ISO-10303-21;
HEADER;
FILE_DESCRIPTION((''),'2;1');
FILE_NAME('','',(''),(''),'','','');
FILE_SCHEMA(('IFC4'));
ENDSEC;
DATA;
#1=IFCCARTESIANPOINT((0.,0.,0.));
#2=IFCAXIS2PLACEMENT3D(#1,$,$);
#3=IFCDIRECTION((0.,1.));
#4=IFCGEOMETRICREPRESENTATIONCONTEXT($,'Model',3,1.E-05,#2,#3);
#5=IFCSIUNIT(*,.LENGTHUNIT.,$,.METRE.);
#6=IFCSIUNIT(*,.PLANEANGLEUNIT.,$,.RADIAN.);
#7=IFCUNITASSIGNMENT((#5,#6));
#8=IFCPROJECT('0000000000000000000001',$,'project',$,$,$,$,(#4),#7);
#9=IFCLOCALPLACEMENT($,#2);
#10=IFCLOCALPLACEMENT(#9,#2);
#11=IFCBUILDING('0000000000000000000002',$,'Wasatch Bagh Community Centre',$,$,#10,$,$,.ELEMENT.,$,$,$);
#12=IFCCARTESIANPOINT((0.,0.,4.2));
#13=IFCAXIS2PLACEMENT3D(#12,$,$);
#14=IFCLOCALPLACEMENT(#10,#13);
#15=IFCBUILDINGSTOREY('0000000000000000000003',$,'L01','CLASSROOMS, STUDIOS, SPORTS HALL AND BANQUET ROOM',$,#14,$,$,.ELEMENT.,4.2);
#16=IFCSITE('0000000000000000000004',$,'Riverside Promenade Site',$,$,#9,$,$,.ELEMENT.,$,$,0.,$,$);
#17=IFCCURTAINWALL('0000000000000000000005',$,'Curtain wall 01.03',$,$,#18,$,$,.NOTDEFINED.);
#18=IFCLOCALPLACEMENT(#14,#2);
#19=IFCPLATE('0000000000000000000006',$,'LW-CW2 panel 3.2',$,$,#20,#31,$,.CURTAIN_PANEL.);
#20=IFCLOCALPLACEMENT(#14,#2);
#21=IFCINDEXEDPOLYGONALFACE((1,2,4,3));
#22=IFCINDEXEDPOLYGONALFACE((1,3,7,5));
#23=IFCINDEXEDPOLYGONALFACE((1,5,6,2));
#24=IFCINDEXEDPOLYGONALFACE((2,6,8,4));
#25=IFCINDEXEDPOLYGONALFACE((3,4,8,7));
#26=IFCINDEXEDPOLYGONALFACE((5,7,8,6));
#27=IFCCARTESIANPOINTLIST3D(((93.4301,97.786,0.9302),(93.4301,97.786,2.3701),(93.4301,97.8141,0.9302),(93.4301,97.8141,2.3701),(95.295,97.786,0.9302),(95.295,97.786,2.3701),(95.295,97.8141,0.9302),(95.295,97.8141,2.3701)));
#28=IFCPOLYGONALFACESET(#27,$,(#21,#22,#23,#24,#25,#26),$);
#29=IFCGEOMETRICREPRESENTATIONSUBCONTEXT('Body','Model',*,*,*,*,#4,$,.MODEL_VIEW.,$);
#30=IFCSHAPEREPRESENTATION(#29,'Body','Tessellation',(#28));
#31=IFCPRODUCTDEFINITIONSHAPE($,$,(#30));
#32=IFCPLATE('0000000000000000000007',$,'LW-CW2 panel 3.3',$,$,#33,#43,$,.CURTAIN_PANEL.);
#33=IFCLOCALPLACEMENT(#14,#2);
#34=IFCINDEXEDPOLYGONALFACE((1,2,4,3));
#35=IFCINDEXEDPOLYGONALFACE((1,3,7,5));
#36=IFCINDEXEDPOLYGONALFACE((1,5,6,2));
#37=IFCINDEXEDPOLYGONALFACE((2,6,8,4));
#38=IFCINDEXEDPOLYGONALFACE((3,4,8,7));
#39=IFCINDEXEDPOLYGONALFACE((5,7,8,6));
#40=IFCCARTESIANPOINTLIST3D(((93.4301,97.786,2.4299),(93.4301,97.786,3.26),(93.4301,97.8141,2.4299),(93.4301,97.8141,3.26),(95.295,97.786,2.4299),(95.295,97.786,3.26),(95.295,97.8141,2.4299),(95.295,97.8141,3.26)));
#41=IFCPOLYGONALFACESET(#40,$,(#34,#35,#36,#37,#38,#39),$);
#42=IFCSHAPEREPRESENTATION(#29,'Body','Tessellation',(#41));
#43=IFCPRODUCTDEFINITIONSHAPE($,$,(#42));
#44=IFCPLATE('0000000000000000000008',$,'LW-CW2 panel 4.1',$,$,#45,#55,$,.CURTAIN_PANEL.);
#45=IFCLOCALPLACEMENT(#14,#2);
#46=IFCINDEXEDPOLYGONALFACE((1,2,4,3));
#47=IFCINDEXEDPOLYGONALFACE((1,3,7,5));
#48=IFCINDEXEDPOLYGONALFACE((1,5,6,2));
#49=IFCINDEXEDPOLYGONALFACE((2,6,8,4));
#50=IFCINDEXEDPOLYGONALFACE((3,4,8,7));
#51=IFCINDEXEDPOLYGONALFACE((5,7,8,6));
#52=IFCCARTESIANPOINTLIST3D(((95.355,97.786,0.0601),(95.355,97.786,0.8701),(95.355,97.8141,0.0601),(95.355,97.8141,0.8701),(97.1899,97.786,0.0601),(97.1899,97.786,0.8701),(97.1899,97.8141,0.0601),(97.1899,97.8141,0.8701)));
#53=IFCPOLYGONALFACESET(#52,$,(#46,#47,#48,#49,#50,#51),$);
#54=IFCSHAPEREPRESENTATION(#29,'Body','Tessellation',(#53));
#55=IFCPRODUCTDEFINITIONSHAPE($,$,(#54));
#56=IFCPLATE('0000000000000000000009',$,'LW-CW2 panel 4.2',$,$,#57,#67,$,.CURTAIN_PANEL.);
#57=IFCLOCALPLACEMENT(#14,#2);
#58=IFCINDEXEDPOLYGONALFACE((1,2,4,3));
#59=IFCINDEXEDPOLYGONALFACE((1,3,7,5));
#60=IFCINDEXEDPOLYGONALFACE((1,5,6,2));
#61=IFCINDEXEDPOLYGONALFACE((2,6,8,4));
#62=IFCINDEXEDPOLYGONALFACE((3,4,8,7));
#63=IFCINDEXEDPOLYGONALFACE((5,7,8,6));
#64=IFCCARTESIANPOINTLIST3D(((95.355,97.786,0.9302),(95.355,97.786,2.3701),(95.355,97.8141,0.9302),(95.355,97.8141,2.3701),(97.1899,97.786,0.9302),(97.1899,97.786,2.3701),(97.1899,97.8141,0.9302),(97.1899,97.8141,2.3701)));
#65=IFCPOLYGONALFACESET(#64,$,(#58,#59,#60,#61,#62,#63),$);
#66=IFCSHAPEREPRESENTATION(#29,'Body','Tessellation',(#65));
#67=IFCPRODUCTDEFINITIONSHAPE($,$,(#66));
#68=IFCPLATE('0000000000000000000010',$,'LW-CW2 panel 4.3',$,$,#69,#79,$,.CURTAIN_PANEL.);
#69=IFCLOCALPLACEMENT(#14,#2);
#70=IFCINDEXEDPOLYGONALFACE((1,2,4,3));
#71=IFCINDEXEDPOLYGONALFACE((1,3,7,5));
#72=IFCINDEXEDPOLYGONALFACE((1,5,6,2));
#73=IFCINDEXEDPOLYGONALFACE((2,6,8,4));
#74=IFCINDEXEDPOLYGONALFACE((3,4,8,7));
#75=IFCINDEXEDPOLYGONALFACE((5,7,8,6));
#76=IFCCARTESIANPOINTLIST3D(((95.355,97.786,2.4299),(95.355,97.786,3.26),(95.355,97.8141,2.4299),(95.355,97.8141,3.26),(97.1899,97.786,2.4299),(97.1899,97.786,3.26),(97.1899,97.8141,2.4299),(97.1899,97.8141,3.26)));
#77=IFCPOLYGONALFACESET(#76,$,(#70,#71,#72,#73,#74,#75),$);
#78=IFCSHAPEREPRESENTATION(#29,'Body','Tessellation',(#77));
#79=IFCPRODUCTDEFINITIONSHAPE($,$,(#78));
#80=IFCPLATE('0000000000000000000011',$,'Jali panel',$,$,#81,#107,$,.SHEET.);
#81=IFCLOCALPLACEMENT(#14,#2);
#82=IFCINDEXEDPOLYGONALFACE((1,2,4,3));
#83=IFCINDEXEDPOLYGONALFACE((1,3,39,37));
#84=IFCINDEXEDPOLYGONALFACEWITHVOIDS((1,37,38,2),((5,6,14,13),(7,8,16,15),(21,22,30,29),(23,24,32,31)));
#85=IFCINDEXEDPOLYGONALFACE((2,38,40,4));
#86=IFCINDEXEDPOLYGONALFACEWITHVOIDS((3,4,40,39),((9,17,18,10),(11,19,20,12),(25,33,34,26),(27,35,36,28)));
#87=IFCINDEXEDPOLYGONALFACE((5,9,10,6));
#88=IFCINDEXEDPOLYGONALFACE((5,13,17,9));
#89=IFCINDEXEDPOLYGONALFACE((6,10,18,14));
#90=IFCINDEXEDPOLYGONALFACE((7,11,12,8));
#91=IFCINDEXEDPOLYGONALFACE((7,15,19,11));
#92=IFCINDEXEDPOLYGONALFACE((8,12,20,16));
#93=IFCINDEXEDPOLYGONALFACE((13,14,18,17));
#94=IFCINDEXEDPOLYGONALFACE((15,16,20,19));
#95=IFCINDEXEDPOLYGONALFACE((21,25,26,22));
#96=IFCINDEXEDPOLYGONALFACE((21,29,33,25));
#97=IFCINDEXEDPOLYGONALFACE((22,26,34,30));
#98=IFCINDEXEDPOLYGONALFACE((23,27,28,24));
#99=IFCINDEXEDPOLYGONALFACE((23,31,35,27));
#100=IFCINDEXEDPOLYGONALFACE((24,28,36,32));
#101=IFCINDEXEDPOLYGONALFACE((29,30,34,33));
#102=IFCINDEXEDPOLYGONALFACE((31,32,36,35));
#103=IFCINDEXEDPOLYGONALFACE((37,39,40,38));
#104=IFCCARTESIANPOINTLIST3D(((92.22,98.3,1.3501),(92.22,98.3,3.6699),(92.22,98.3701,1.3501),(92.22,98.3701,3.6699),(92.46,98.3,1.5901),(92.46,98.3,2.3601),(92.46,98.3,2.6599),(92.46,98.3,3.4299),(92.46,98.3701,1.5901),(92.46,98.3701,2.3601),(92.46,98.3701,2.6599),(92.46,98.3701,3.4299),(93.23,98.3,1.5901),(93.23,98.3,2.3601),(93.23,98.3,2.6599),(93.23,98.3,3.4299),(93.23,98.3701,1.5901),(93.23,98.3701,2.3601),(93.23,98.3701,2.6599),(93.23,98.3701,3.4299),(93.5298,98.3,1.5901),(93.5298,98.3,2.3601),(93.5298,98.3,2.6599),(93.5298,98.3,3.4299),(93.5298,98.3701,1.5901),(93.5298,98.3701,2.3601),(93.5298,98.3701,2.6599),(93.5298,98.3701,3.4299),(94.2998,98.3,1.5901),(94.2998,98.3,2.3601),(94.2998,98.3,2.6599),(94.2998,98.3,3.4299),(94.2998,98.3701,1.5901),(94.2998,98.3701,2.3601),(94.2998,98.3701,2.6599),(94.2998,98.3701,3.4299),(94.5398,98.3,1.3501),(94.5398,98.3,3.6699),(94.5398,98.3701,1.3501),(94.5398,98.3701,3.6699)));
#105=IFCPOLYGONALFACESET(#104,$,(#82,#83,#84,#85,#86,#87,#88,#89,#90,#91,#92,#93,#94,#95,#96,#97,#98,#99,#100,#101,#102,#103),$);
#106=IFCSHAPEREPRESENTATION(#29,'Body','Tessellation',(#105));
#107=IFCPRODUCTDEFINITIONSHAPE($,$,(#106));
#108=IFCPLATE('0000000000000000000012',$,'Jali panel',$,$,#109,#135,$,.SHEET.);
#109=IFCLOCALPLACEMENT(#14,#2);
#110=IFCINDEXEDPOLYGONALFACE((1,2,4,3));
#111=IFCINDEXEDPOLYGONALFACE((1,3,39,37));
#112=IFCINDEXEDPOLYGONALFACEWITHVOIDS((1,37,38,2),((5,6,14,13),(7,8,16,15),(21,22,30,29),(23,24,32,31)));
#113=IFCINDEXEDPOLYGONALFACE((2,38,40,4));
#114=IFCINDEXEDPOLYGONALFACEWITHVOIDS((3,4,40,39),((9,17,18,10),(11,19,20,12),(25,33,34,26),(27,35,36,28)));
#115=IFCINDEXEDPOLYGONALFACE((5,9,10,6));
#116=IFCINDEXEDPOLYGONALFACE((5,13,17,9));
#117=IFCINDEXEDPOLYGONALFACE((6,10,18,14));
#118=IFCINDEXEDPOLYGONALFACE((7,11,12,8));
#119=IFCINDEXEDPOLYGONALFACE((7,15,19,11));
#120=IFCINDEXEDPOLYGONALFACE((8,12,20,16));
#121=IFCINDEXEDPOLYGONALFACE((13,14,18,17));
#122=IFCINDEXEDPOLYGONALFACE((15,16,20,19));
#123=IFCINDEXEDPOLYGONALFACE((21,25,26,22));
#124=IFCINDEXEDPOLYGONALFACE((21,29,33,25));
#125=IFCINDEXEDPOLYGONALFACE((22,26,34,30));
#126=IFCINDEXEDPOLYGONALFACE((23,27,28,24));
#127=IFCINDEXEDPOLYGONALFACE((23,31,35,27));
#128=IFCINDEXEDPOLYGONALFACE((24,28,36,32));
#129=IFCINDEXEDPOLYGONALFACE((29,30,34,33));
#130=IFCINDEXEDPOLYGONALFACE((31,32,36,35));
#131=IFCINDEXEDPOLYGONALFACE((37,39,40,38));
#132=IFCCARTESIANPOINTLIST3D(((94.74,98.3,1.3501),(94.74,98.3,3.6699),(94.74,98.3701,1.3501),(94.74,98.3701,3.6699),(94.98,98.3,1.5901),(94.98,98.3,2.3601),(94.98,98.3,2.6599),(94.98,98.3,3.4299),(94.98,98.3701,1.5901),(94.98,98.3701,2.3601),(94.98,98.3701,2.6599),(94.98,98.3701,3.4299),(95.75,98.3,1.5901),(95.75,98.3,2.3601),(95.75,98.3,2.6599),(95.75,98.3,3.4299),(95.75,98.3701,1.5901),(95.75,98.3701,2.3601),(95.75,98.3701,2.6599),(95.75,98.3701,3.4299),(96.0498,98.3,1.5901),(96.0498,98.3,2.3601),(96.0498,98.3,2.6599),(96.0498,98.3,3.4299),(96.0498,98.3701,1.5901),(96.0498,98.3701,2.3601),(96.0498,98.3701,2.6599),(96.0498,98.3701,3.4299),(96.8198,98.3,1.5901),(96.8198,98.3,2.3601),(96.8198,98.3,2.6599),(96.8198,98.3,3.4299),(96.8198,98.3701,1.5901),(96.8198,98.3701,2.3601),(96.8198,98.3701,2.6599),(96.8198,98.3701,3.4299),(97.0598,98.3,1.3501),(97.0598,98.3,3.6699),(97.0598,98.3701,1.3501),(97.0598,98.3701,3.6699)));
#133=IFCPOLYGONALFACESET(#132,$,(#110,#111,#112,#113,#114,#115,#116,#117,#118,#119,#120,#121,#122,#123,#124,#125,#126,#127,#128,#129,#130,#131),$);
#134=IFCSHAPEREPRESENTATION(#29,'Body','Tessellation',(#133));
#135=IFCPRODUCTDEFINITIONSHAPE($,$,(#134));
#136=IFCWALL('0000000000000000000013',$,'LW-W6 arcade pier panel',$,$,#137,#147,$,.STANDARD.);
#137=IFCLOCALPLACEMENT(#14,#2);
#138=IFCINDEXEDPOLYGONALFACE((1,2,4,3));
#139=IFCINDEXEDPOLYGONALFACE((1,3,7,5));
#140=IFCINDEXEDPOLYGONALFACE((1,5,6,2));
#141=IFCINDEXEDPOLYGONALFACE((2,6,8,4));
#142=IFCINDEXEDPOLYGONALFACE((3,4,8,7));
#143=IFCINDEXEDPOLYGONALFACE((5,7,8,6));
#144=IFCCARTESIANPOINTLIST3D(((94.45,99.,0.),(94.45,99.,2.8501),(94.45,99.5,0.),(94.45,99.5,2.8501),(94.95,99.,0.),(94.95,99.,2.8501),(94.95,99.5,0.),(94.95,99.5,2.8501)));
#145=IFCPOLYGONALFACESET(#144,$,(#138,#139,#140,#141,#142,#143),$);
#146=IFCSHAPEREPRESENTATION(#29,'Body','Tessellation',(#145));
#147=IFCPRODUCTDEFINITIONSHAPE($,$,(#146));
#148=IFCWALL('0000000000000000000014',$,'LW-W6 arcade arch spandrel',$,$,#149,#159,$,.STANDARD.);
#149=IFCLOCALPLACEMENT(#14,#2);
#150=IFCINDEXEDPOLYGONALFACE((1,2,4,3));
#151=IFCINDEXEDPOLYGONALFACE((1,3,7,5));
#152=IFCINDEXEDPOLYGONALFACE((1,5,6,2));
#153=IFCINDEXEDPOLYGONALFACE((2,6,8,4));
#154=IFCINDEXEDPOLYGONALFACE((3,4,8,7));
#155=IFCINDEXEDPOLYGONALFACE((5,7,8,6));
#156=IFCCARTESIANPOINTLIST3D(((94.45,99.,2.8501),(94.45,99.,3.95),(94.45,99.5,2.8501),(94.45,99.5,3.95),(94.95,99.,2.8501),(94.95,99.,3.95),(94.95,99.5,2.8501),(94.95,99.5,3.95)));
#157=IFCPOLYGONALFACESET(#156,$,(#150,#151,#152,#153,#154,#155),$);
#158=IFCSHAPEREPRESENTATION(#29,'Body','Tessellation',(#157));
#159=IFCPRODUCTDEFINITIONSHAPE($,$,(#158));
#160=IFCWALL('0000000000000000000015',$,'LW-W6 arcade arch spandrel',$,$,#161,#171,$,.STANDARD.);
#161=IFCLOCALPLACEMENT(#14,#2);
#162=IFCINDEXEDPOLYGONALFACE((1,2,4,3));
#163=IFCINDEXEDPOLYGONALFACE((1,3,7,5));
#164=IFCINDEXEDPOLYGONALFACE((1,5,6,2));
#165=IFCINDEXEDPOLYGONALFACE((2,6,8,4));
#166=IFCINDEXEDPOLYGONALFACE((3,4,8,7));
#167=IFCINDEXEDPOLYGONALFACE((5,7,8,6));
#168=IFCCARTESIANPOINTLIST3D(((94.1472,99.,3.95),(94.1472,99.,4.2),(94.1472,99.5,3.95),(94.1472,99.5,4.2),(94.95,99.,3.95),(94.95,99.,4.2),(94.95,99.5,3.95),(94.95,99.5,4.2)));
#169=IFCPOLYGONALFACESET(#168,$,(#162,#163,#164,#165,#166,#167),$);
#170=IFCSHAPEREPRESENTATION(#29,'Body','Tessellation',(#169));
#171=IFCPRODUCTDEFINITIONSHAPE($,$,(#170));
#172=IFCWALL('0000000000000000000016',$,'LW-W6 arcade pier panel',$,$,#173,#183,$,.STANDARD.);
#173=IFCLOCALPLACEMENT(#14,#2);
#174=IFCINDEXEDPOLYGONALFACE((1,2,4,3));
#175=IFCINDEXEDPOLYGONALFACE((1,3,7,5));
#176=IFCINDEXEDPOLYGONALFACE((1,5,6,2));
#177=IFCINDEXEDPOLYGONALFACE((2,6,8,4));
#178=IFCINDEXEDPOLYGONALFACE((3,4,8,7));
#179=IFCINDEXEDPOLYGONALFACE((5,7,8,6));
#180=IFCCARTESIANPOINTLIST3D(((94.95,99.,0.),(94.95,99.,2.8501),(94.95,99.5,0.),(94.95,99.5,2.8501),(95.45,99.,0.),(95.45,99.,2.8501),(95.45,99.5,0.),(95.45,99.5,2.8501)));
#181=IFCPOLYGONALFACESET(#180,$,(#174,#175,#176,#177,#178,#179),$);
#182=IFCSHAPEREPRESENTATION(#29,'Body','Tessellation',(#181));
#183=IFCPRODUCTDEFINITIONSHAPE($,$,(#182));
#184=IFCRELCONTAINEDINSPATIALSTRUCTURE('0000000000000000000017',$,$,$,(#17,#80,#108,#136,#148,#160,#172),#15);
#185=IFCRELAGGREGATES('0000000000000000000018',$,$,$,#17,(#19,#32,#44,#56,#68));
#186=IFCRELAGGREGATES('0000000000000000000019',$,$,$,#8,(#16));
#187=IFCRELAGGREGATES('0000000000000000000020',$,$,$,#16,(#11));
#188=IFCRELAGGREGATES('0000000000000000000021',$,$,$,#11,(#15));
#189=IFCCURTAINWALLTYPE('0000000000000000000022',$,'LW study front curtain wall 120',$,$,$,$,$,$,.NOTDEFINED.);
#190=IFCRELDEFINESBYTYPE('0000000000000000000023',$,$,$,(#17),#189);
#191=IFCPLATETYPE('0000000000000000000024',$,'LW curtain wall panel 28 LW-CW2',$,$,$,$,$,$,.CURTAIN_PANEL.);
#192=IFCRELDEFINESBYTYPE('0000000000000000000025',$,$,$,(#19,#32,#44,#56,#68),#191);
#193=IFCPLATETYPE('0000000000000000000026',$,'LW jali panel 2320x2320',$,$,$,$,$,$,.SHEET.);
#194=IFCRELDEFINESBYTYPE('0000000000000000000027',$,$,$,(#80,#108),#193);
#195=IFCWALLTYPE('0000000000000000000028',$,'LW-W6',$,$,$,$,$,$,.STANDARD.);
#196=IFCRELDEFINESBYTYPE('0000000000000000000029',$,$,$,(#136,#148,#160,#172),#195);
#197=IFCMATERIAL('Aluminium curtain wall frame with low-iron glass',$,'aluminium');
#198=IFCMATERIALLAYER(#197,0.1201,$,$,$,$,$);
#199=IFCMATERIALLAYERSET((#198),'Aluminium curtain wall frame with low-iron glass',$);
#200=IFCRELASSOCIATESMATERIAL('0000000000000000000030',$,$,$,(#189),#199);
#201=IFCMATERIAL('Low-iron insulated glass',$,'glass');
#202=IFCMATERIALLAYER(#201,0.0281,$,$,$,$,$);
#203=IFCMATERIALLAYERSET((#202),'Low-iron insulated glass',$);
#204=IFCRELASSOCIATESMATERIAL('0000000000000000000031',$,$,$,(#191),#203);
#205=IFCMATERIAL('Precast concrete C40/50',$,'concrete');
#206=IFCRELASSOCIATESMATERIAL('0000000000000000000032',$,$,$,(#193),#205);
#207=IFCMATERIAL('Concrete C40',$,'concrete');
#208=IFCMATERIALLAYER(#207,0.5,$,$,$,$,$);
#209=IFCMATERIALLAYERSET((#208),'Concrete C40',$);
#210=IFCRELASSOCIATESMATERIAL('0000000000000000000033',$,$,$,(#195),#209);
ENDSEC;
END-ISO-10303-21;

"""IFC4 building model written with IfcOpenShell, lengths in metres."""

from ifc_helpers import new_model, si_unit, direction, frame, frame_2d, origin, origin_2d, place, context, subcontext, project, spatial, polyline, rectangle, outline, extrude, material, layer, layer_set, material_profile, profile_set, type_object, element, aggregate, save


model = new_model("IFC4")

# Units and contexts
model_context = context("Model", 3, precision=1e-05, world=origin(), true_north=direction((0.0, 1.0)))
body_context = subcontext(model_context, "Body", "Model", "MODEL_VIEW")
ifc_project = project(units=[si_unit("LENGTHUNIT", "METRE"), si_unit("PLANEANGLEUNIT", "RADIAN")], contexts=[model_context])

# Site, building, storey
site_placement = place(None, origin())
site = spatial("IfcSite", under=ifc_project, at=site_placement, Name="Riverside Promenade Site", CompositionType="ELEMENT", RefElevation=0.0)
building_placement = place(site_placement, origin())
building = spatial("IfcBuilding", under=site, at=building_placement, Name="Wasatch Bagh Community Centre", CompositionType="ELEMENT")
storey_placement = place(building_placement, frame((0.0, 0.0, 4.2)))
storey = spatial("IfcBuildingStorey", under=building, at=storey_placement, Name="L01", Description="CLASSROOMS, STUDIOS, SPORTS HALL AND BANQUET ROOM", CompositionType="ELEMENT", Elevation=4.2)

# Shared definitions
ifc_material_1 = material(Name="Concrete C40", Category="concrete")

# Curtain wall, plates
ifc_material_2 = material(Name="Aluminium curtain wall frame with low-iron glass", Category="aluminium")
ifc_layer_1 = layer(ifc_material_2, 0.1201)
ifc_layer_set_1 = layer_set([ifc_layer_1], Name="Aluminium curtain wall frame with low-iron glass")
curtain_wall_type = type_object("IfcCurtainWallType", Name="LW study front curtain wall 120", PredefinedType="NOTDEFINED", material=ifc_layer_set_1)
curtain_wall_placement = place(storey_placement, origin())
curtain_wall = element("IfcCurtainWall", 1, at=curtain_wall_placement, inside=storey, type_object=curtain_wall_type, Name="Curtain wall 01.03", PredefinedType="NOTDEFINED")
ifc_material_3 = material(Name="Low-iron insulated glass", Category="glass")
ifc_layer_2 = layer(ifc_material_3, 0.0281)
ifc_layer_set_2 = layer_set([ifc_layer_2], Name="Low-iron insulated glass")
plate_type_1 = type_object("IfcPlateType", Name="LW curtain wall panel 28 LW-CW2", PredefinedType="CURTAIN_PANEL", material=ifc_layer_set_2)
plate_1_placement = place(storey_placement, frame((94.3625, 97.8, 0.9302), z_axis=(0.0, 0.0, 1.0), x_axis=(1.0, 0.0, 0.0)))
plate_1 = element("IfcPlate", 2, at=plate_1_placement, type_object=plate_type_1, Name="LW-CW2 panel 3.2", PredefinedType="CURTAIN_PANEL", context=body_context, shape_type="SweptSolid", body=[
    extrude(rectangle(XDim=1.865, YDim=0.0281, at=origin_2d()), origin(), (0.0, 0.0, 1.0), 1.4399),
])
plate_2_placement = place(storey_placement, frame((94.3625, 97.8, 2.4299), z_axis=(0.0, 0.0, 1.0), x_axis=(1.0, 0.0, 0.0)))
plate_2 = element("IfcPlate", 3, at=plate_2_placement, type_object=plate_type_1, Name="LW-CW2 panel 3.3", PredefinedType="CURTAIN_PANEL", context=body_context, shape_type="SweptSolid", body=[
    extrude(rectangle(XDim=1.865, YDim=0.0281, at=origin_2d()), origin(), (0.0, 0.0, 1.0), 0.8301),
])
plate_3_placement = place(storey_placement, frame((96.2725, 97.8, 0.0601), z_axis=(0.0, 0.0, 1.0), x_axis=(1.0, 0.0, 0.0)))
plate_3 = element("IfcPlate", 4, at=plate_3_placement, type_object=plate_type_1, Name="LW-CW2 panel 4.1", PredefinedType="CURTAIN_PANEL", context=body_context, shape_type="SweptSolid", body=[
    extrude(rectangle(XDim=1.835, YDim=0.0281, at=origin_2d()), origin(), (0.0, 0.0, 1.0), 0.8101),
])
plate_4_placement = place(storey_placement, frame((96.2725, 97.8, 0.9302), z_axis=(0.0, 0.0, 1.0), x_axis=(1.0, 0.0, 0.0)))
plate_4 = element("IfcPlate", 5, at=plate_4_placement, type_object=plate_type_1, Name="LW-CW2 panel 4.2", PredefinedType="CURTAIN_PANEL", context=body_context, shape_type="SweptSolid", body=[
    extrude(rectangle(XDim=1.835, YDim=0.0281, at=origin_2d()), origin(), (0.0, 0.0, 1.0), 1.4399),
])
plate_5_placement = place(storey_placement, frame((96.2725, 97.8, 2.4299), z_axis=(0.0, 0.0, 1.0), x_axis=(1.0, 0.0, 0.0)))
plate_5 = element("IfcPlate", 6, at=plate_5_placement, type_object=plate_type_1, Name="LW-CW2 panel 4.3", PredefinedType="CURTAIN_PANEL", context=body_context, shape_type="SweptSolid", body=[
    extrude(rectangle(XDim=1.835, YDim=0.0281, at=origin_2d()), origin(), (0.0, 0.0, 1.0), 0.8301),
])
aggregate(curtain_wall, [plate_1, plate_2, plate_3, plate_4, plate_5])

# Plates
ifc_material_4 = material(Name="Precast concrete C40/50", Category="concrete")
ifc_material_profile_1 = material_profile(ifc_material_4, outline(polyline([(-1.1599, -1.1599), (1.1599, -1.1599), (1.1599, 1.1599), (-1.1599, 1.1599), (-1.1599, -1.1599)]), holes=[polyline([(-0.9199, -0.9199), (-0.1499, -0.9199), (-0.1499, -0.1499), (-0.9199, -0.1499), (-0.9199, -0.9199)]), polyline([(-0.9199, 0.1499), (-0.1499, 0.1499), (-0.1499, 0.9199), (-0.9199, 0.9199), (-0.9199, 0.1499)]), polyline([(0.1499, -0.9199), (0.9199, -0.9199), (0.9199, -0.1499), (0.1499, -0.1499), (0.1499, -0.9199)]), polyline([(0.1499, 0.1499), (0.9199, 0.1499), (0.9199, 0.9199), (0.1499, 0.9199), (0.1499, 0.1499)])]), Name="Jali lattice")
ifc_profile_set_1 = profile_set([ifc_material_profile_1], Name="Precast concrete C40/50")
plate_type_2 = type_object("IfcPlateType", Name="LW jali panel 2320x2320", PredefinedType="SHEET", material=ifc_profile_set_1)
for number, where, z_axis, x_axis, name in (
    (7, (93.3799, 98.3, 2.51), (0.0, 1.0, 0.0), (-1.0, 0.0, 0.0), "Jali panel"),
    (8, (95.8999, 98.3, 2.51), (0.0, 1.0, 0.0), (-1.0, 0.0, 0.0), "Jali panel"),
):
    element("IfcPlate", number, at=place(storey_placement, frame(where, z_axis=z_axis, x_axis=x_axis)), inside=storey, type_object=plate_type_2, Name=name, PredefinedType="SHEET", context=body_context, shape_type="SweptSolid", body=[
        extrude(outline(polyline([(-1.1599, -1.1599), (1.1599, -1.1599), (1.1599, 1.1599), (-1.1599, 1.1599), (-1.1599, -1.1599)]), holes=[polyline([(-0.9199, -0.9199), (-0.1499, -0.9199), (-0.1499, -0.1499), (-0.9199, -0.1499), (-0.9199, -0.9199)]), polyline([(-0.9199, 0.1499), (-0.1499, 0.1499), (-0.1499, 0.9199), (-0.9199, 0.9199), (-0.9199, 0.1499)]), polyline([(0.1499, -0.9199), (0.9199, -0.9199), (0.9199, -0.1499), (0.1499, -0.1499), (0.1499, -0.9199)]), polyline([(0.1499, 0.1499), (0.9199, 0.1499), (0.9199, 0.9199), (0.1499, 0.9199), (0.1499, 0.1499)])]), origin(), (0.0, 0.0, 1.0), 0.0701),
    ])

# Walls
ifc_layer_3 = layer(ifc_material_1, 0.5)
ifc_layer_set_3 = layer_set([ifc_layer_3], Name="Concrete C40")
wall_type = type_object("IfcWallType", Name="LW-W6", PredefinedType="STANDARD", material=ifc_layer_set_3)
wall_1_placement = place(storey_placement, frame((94.95, 99.25, 0.0), z_axis=(0.0, 0.0, 1.0), x_axis=(-1.0, 0.0, 0.0)))
element("IfcWall", 9, at=wall_1_placement, inside=storey, type_object=wall_type, Name="LW-W6 arcade pier panel", PredefinedType="STANDARD", context=body_context, shape_type="SweptSolid", body=[
    extrude(rectangle(XDim=0.5, YDim=0.5, at=frame_2d((0.25, 0.0))), origin(), (0.0, 0.0, 1.0), 2.8501),
])
wall_2_placement = place(storey_placement, frame((94.95, 99.25, 2.8501), z_axis=(0.0, 0.0, 1.0), x_axis=(-1.0, 0.0, 0.0)))
element("IfcWall", 10, at=wall_2_placement, inside=storey, type_object=wall_type, Name="LW-W6 arcade arch spandrel", PredefinedType="STANDARD", context=body_context, shape_type="SweptSolid", body=[
    extrude(rectangle(XDim=0.5, YDim=0.5, at=frame_2d((0.25, 0.0))), origin(), (0.0, 0.0, 1.0), 1.0999),
])
wall_3_placement = place(storey_placement, frame((94.95, 99.25, 3.95), z_axis=(0.0, 0.0, 1.0), x_axis=(-1.0, 0.0, 0.0)))
element("IfcWall", 11, at=wall_3_placement, inside=storey, type_object=wall_type, Name="LW-W6 arcade arch spandrel", PredefinedType="STANDARD", context=body_context, shape_type="SweptSolid", body=[
    extrude(rectangle(XDim=0.8027, YDim=0.5, at=frame_2d((0.4014, 0.0))), origin(), (0.0, 0.0, 1.0), 0.25),
])
wall_4_placement = place(storey_placement, frame((94.95, 99.25, 0.0), z_axis=(0.0, 0.0, 1.0), x_axis=(1.0, 0.0, 0.0)))
element("IfcWall", 12, at=wall_4_placement, inside=storey, type_object=wall_type, Name="LW-W6 arcade pier panel", PredefinedType="STANDARD", context=body_context, shape_type="SweptSolid", body=[
    extrude(rectangle(XDim=0.5, YDim=0.5, at=frame_2d((0.25, 0.0))), origin(), (0.0, 0.0, 1.0), 2.8501),
])

save(model, "model.ifc")
